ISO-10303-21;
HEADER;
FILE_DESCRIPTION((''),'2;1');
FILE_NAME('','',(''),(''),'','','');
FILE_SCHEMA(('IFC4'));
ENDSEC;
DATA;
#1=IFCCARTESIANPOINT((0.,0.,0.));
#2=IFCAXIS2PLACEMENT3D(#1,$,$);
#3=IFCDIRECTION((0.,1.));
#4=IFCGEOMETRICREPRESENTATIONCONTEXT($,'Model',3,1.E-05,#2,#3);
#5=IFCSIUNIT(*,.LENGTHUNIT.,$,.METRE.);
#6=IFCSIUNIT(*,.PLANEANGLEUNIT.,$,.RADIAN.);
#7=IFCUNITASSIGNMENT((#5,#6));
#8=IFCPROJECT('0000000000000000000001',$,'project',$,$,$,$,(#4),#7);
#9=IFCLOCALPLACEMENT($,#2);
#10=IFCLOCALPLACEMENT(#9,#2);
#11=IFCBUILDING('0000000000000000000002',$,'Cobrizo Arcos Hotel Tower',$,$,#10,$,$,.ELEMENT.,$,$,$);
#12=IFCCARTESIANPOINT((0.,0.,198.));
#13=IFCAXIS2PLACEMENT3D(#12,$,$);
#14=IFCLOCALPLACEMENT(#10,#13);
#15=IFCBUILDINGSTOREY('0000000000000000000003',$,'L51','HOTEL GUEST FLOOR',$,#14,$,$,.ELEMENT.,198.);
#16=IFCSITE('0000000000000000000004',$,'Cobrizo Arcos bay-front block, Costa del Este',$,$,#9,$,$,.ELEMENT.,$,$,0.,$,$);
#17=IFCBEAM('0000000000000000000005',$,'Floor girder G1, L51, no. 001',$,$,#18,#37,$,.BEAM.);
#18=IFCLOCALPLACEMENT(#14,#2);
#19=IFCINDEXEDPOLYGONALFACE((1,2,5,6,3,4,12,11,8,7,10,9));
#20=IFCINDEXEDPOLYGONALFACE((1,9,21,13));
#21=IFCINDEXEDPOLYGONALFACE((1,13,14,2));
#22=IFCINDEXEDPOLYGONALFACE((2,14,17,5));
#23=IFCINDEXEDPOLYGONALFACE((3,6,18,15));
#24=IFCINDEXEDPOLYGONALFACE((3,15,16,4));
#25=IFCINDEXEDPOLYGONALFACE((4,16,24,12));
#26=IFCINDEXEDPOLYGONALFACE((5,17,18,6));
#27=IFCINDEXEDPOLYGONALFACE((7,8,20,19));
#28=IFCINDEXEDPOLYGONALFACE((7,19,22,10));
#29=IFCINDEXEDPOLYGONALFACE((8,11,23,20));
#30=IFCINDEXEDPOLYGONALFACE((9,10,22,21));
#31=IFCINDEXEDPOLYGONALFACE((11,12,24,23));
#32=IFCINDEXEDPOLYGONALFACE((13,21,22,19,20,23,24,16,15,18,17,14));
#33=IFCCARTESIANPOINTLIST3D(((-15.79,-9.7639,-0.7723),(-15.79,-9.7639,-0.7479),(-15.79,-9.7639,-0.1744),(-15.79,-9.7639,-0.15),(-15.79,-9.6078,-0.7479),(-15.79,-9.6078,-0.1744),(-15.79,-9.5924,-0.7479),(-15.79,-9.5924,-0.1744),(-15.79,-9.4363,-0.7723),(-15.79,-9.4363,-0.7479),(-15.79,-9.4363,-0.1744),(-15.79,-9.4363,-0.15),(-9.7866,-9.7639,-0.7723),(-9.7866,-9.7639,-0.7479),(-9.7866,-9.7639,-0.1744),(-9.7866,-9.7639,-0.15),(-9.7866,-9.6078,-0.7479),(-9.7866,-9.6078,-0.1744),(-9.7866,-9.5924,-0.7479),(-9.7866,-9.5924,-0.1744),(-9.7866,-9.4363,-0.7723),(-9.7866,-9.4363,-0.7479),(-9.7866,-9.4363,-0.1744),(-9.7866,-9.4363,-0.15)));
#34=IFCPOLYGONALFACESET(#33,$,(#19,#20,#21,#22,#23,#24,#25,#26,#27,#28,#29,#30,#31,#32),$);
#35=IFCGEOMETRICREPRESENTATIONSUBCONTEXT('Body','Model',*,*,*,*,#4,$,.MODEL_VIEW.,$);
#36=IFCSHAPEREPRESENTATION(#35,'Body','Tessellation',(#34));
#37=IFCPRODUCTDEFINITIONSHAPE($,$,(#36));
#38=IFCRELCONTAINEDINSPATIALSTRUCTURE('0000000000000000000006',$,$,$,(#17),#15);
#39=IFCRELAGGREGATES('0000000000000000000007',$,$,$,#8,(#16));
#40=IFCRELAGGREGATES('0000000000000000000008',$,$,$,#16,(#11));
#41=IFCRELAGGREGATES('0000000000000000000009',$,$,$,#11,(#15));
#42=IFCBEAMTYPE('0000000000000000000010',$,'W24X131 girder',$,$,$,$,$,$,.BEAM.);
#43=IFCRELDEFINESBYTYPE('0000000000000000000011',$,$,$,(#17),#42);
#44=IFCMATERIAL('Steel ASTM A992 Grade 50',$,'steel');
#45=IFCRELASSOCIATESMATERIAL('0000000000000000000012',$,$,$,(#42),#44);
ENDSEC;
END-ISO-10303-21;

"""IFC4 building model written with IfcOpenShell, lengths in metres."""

from ifc_helpers import new_model, si_unit, direction, frame, origin, origin_2d, place, context, subcontext, project, spatial, i_section, extrude, material, material_profile, profile_set, type_object, element, save


model = new_model("IFC4")

# Units and contexts
model_context = context("Model", 3, precision=1e-05, world=origin(), true_north=direction((0.0, 1.0)))
body_context = subcontext(model_context, "Body", "Model", "MODEL_VIEW")
ifc_project = project(units=[si_unit("LENGTHUNIT", "METRE"), si_unit("PLANEANGLEUNIT", "RADIAN")], contexts=[model_context])

# Site, building, storey
site_placement = place(None, origin())
site = spatial("IfcSite", under=ifc_project, at=site_placement, Name="Cobrizo Arcos bay-front block, Costa del Este", CompositionType="ELEMENT", RefElevation=0.0)
building_placement = place(site_placement, origin())
building = spatial("IfcBuilding", under=site, at=building_placement, Name="Cobrizo Arcos Hotel Tower", CompositionType="ELEMENT")
storey_placement = place(building_placement, frame((0.0, 0.0, 198.0)))
storey = spatial("IfcBuildingStorey", under=building, at=storey_placement, Name="L51", Description="HOTEL GUEST FLOOR", CompositionType="ELEMENT", Elevation=198.0)

# Beam
ifc_material_1 = material(Name="Steel ASTM A992 Grade 50", Category="steel")
ifc_material_profile = material_profile(ifc_material_1, i_section(OverallWidth=0.3276, OverallDepth=0.6223, WebThickness=0.0154, FlangeThickness=0.0244, at=origin_2d()), Name="W24X131")
ifc_profile_set = profile_set([ifc_material_profile], Name="Steel ASTM A992 Grade 50")
beam_type = type_object("IfcBeamType", Name="W24X131 girder", PredefinedType="BEAM", material=ifc_profile_set)
beam_placement = place(storey_placement, frame((-15.79, -9.6001, -0.4612), z_axis=(1.0, 0.0, 0.0), x_axis=(0.0, 1.0, 0.0)))
element("IfcBeam", 1, at=beam_placement, inside=storey, type_object=beam_type, Name="Floor girder G1, L51, no. 001", PredefinedType="BEAM", context=body_context, shape_type="SweptSolid", body=[
    extrude(i_section(OverallWidth=0.3276, OverallDepth=0.6223, WebThickness=0.0154, FlangeThickness=0.0244, at=origin_2d()), origin(), (0.0, 0.0, 1.0), 6.0034),
])

save(model, "model.ifc")
